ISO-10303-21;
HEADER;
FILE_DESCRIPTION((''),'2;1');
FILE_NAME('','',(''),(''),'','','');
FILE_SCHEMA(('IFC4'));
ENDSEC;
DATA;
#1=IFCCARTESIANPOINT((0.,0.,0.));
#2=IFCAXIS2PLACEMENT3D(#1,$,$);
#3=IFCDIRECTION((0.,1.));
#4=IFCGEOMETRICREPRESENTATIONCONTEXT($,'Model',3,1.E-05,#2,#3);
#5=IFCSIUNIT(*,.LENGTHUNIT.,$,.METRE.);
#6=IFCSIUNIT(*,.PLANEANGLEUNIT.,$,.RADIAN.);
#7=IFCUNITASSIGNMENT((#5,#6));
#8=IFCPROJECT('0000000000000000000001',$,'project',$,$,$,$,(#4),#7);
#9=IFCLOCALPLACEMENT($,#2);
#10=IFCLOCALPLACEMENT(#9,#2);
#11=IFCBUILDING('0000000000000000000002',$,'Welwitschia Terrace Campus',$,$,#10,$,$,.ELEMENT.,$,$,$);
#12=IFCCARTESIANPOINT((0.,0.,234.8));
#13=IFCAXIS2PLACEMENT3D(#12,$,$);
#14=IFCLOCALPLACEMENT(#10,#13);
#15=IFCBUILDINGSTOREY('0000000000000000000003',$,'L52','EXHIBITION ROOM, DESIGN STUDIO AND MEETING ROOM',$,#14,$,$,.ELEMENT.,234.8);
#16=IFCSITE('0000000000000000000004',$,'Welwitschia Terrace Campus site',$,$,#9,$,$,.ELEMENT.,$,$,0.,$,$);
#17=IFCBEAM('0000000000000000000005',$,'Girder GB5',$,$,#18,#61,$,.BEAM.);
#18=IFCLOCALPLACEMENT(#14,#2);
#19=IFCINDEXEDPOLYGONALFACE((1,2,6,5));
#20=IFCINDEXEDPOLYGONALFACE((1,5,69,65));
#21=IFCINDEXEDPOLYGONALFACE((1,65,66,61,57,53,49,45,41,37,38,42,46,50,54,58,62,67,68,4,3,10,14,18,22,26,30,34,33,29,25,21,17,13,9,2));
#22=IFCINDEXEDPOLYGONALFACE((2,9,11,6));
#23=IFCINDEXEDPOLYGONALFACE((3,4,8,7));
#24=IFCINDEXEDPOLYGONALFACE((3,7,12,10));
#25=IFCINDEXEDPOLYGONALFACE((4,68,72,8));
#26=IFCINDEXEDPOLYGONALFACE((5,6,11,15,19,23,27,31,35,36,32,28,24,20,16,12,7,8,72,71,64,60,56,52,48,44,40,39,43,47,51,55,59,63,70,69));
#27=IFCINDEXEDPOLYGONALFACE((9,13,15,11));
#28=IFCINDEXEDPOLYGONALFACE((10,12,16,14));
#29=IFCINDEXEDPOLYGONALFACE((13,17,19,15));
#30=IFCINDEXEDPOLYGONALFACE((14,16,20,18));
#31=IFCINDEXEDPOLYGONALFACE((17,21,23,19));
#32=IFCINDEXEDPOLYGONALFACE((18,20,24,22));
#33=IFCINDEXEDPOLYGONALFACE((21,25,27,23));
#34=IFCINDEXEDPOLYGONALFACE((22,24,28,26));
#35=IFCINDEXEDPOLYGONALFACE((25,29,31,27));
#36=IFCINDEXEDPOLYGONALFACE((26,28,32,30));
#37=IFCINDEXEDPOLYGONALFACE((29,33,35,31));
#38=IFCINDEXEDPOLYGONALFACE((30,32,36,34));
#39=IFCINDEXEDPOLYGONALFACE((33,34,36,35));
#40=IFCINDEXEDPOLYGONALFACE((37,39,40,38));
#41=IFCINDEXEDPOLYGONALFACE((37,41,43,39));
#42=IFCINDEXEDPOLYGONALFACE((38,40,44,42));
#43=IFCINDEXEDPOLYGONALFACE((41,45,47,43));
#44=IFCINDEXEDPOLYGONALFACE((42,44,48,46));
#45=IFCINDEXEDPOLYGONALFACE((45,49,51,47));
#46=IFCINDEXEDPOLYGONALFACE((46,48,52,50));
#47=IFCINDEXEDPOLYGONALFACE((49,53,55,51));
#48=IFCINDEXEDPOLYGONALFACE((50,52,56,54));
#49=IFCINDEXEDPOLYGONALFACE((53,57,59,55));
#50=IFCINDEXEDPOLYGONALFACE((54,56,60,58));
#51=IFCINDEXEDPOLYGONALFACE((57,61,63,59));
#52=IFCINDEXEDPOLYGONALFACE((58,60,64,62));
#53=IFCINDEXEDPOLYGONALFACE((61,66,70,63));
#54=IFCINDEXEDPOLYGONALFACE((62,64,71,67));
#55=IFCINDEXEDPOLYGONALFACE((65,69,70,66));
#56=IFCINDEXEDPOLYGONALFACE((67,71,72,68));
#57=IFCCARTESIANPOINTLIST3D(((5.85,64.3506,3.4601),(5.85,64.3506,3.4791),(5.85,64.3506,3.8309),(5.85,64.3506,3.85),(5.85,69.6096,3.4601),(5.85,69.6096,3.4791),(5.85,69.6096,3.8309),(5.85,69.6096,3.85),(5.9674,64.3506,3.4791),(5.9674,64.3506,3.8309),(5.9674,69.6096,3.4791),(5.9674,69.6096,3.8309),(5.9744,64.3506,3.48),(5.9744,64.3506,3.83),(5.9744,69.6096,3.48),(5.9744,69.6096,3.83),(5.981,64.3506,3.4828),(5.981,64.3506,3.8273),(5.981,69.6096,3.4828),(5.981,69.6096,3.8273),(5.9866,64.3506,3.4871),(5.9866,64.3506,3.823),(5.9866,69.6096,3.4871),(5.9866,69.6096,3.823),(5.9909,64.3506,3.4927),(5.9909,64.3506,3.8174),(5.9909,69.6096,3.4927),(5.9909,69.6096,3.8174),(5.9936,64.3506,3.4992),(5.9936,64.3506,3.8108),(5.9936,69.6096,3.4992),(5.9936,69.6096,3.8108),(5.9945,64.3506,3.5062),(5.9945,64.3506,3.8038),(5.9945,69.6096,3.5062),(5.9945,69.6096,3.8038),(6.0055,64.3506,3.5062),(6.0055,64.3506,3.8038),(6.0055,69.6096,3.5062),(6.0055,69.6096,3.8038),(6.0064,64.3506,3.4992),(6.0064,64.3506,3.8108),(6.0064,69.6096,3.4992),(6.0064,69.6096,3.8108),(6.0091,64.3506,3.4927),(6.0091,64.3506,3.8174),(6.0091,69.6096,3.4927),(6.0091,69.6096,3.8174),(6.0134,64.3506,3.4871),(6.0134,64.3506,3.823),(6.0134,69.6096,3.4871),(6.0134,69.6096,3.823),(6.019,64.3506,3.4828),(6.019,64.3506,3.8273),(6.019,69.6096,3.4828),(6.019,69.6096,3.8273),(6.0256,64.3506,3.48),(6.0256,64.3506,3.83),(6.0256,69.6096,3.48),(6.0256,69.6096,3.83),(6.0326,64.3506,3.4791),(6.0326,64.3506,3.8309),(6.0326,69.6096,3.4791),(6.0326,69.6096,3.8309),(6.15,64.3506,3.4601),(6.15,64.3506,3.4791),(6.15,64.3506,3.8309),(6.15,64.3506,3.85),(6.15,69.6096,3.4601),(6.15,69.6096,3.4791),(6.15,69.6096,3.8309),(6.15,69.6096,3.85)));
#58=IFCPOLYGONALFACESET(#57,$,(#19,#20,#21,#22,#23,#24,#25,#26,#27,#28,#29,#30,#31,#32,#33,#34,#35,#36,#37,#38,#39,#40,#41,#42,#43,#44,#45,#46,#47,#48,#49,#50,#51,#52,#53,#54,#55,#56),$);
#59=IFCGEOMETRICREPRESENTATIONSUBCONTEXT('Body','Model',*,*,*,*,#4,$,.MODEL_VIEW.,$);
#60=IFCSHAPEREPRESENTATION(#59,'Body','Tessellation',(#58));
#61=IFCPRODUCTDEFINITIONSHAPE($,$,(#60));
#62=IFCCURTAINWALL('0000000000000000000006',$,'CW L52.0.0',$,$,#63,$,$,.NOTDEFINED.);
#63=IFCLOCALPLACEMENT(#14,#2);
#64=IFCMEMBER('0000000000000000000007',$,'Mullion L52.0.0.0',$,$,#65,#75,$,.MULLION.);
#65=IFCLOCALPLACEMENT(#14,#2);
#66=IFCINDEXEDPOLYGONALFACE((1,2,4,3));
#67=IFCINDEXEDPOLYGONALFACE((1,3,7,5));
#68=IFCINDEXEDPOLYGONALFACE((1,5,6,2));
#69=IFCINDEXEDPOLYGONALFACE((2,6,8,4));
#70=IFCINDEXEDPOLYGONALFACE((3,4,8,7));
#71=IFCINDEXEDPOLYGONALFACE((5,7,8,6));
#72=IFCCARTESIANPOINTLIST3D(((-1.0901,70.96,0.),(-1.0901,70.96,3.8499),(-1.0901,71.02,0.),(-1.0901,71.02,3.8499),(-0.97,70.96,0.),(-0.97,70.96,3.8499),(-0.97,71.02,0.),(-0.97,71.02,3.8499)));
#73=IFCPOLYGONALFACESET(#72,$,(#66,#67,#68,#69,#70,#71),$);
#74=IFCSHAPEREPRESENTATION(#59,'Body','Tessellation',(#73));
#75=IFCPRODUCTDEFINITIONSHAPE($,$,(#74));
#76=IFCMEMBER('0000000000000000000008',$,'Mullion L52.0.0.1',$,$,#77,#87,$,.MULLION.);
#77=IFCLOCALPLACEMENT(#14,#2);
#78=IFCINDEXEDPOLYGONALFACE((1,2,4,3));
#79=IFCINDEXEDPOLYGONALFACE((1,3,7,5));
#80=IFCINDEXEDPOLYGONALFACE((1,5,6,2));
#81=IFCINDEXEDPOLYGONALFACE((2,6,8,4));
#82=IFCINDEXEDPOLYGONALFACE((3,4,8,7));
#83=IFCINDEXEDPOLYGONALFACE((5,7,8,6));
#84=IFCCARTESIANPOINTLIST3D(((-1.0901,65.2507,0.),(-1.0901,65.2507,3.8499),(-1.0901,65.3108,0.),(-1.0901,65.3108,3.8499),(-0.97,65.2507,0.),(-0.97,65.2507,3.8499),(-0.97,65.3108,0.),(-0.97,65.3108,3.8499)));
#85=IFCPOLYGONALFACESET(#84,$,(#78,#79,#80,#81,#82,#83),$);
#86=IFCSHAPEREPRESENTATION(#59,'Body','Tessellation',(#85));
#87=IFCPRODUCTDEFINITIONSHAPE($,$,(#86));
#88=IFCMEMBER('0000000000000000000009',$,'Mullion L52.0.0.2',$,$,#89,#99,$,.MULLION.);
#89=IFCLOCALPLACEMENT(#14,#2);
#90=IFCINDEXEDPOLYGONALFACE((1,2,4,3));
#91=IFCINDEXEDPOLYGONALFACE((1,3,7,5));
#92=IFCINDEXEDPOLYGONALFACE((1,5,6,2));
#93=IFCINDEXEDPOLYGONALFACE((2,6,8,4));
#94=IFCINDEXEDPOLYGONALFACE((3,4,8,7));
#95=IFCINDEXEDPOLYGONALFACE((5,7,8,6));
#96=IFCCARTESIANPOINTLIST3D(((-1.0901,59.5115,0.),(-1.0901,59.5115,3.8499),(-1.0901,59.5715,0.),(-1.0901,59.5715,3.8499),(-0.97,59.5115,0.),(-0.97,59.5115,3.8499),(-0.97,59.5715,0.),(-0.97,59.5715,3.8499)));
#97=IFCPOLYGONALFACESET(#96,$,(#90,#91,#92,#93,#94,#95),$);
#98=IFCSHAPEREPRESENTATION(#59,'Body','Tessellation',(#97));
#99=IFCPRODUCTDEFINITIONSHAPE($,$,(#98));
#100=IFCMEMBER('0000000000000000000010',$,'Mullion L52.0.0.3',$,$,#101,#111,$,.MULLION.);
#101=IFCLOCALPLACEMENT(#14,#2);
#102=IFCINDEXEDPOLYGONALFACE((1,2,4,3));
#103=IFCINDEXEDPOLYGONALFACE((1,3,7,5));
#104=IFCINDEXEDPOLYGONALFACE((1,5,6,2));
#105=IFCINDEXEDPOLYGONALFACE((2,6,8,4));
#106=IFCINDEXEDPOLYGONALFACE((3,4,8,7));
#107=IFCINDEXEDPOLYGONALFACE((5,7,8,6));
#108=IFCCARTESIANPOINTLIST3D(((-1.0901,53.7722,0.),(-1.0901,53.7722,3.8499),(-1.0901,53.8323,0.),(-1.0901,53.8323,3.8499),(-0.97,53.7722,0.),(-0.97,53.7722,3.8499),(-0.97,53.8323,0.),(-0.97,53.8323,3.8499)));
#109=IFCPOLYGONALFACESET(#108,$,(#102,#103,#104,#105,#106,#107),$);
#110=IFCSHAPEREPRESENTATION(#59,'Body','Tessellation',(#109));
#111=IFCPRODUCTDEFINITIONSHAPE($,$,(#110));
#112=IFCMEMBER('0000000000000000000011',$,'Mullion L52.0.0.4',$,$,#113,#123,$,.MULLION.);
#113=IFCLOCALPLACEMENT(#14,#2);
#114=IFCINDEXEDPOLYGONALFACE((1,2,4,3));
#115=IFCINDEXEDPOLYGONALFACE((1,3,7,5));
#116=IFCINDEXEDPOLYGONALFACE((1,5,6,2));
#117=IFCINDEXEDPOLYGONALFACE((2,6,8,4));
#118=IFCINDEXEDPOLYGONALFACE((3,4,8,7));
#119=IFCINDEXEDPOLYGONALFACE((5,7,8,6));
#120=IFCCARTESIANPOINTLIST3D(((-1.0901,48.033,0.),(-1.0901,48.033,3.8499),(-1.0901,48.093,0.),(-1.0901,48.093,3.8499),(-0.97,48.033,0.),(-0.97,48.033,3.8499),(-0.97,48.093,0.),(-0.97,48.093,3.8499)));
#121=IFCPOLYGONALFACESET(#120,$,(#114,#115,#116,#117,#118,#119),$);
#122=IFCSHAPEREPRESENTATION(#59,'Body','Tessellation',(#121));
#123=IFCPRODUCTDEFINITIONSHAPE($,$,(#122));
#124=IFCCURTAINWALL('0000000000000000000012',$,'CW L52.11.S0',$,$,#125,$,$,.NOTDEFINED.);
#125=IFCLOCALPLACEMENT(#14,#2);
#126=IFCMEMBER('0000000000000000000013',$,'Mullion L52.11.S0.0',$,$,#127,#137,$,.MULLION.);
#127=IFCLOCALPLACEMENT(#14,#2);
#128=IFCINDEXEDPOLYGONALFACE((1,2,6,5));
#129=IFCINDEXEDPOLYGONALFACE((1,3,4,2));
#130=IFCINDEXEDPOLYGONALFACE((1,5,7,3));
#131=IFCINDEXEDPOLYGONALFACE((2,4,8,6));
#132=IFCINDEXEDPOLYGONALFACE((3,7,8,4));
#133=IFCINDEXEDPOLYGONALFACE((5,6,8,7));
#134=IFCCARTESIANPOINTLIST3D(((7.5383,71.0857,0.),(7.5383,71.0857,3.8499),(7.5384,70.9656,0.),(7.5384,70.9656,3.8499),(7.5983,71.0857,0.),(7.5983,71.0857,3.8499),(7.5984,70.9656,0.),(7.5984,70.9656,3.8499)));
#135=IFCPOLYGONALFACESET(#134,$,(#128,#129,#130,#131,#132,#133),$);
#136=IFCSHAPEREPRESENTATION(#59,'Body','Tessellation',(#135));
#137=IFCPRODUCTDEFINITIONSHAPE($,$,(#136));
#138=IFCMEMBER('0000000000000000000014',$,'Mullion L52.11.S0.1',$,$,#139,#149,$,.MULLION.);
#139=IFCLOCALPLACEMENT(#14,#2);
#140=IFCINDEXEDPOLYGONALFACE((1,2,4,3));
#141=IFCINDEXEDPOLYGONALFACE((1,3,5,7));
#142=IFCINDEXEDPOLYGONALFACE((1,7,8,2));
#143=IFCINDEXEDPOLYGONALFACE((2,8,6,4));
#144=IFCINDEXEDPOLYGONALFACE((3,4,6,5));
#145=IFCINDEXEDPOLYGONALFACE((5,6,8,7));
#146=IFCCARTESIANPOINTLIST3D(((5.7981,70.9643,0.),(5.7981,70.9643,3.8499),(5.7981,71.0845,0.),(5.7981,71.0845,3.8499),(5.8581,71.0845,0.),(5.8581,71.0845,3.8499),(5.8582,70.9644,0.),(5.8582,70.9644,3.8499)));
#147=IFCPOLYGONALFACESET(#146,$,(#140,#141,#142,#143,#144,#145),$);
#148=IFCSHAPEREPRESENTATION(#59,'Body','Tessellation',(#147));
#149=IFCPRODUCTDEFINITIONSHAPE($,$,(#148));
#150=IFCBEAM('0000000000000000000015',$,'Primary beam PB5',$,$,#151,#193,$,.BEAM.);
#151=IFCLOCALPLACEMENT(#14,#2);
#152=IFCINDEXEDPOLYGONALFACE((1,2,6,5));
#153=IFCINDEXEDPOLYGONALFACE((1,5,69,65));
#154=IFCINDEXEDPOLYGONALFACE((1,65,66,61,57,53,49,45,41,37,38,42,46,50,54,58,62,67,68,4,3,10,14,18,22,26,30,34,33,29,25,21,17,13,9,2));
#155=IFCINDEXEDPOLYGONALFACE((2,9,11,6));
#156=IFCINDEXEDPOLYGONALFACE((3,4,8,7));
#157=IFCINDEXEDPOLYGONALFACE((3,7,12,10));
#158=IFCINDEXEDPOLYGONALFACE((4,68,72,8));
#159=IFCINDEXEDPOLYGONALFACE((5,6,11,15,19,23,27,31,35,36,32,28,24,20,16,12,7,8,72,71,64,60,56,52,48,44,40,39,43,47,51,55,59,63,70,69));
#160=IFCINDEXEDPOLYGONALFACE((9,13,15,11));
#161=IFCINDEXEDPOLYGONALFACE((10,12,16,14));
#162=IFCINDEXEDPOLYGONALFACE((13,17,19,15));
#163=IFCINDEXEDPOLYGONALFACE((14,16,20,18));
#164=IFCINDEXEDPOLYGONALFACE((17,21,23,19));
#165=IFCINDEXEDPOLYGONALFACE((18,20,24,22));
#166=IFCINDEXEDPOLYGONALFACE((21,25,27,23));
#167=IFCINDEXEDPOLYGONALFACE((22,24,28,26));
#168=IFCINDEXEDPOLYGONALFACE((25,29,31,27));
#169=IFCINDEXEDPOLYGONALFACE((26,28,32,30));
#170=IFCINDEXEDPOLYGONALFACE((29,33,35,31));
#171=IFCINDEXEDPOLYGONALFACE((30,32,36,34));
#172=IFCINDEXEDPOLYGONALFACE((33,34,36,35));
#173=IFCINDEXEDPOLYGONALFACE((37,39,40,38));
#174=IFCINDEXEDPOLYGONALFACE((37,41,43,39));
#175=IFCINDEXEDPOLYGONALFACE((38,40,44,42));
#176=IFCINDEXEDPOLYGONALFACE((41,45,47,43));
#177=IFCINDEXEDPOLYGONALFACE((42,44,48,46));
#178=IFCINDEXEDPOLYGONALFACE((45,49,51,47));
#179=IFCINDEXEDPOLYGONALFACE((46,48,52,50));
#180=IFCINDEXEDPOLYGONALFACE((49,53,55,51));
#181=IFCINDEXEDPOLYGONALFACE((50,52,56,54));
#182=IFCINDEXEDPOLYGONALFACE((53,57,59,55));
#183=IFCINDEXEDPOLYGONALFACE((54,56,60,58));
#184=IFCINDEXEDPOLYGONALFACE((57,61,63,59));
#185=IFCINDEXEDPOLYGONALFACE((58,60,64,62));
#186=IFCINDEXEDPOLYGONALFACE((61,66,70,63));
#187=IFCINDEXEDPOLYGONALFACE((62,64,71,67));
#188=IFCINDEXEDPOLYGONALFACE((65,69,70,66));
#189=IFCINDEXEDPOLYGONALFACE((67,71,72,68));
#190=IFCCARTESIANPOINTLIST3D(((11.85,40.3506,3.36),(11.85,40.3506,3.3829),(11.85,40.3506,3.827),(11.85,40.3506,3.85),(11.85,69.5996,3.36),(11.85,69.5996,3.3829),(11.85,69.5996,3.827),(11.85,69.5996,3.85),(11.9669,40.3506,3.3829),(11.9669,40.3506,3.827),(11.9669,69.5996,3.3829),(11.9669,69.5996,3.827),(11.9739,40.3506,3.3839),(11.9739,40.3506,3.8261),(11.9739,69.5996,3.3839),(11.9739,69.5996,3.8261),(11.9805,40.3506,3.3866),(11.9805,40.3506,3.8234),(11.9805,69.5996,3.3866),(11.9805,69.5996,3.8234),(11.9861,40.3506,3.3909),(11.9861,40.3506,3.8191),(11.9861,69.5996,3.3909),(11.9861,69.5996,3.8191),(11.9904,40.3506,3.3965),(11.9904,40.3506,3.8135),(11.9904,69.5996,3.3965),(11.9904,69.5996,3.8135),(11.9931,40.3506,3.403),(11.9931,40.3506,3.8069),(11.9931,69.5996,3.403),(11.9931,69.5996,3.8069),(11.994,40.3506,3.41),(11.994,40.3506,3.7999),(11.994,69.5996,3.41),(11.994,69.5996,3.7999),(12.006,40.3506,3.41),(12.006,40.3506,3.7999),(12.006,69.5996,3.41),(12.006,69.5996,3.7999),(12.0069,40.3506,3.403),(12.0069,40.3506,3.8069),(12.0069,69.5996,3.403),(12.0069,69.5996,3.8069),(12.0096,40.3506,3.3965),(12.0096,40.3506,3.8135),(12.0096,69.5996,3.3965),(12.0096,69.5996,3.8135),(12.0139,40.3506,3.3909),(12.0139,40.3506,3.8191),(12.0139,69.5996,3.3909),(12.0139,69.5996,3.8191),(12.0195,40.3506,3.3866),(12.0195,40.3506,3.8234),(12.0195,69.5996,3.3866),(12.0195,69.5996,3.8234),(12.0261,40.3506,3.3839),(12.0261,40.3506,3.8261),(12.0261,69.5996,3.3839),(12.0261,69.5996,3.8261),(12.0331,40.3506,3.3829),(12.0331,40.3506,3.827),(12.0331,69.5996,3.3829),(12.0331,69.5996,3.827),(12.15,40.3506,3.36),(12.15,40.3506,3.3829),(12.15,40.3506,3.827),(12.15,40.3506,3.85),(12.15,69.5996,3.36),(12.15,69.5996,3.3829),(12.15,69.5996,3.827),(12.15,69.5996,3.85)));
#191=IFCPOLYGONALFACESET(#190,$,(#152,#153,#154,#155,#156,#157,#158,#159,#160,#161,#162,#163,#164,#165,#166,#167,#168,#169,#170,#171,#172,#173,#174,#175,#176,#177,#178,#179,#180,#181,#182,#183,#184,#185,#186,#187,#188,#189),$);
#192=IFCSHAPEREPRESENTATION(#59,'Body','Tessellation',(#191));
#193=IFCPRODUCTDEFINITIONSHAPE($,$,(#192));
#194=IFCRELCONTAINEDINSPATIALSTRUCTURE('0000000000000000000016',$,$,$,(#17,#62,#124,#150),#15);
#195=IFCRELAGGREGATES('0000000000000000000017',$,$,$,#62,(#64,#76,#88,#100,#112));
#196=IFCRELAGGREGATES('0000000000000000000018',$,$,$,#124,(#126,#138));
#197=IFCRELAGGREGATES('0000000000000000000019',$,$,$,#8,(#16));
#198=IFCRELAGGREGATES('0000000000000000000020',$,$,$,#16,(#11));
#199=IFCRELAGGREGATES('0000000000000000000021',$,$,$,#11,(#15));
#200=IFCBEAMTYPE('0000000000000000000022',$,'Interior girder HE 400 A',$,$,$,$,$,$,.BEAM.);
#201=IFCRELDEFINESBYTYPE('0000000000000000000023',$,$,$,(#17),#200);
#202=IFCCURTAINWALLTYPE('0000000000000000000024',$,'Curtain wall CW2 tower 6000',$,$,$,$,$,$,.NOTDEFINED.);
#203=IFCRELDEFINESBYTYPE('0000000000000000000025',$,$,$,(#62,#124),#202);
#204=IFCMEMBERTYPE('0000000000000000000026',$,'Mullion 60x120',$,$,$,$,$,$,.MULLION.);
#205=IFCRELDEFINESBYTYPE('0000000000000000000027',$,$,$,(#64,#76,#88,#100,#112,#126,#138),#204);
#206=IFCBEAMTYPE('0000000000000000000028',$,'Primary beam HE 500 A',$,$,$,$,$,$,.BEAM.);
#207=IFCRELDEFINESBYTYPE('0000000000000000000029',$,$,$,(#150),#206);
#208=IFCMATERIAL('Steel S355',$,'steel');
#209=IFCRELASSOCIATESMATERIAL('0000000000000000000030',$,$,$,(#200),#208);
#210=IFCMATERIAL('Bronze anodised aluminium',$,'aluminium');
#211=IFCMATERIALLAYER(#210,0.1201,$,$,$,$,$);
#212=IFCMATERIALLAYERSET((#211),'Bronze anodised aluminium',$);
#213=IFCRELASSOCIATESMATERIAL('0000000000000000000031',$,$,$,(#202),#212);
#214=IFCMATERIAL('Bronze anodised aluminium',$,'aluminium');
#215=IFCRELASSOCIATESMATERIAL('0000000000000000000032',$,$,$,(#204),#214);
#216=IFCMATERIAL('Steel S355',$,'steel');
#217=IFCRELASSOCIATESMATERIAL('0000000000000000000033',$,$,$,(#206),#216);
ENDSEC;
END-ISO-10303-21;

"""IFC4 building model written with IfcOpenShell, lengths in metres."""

from ifc_helpers import new_model, si_unit, direction, frame, origin, origin_2d, place, context, subcontext, project, spatial, rectangle, i_section, extrude, material, layer, layer_set, material_profile, profile_set, type_object, element, aggregate, save


model = new_model("IFC4")

# Units and contexts
model_context = context("Model", 3, precision=1e-05, world=origin(), true_north=direction((0.0, 1.0)))
body_context = subcontext(model_context, "Body", "Model", "MODEL_VIEW")
ifc_project = project(units=[si_unit("LENGTHUNIT", "METRE"), si_unit("PLANEANGLEUNIT", "RADIAN")], contexts=[model_context])

# Site, building, storey
site_placement = place(None, origin())
site = spatial("IfcSite", under=ifc_project, at=site_placement, Name="Welwitschia Terrace Campus site", CompositionType="ELEMENT", RefElevation=0.0)
building_placement = place(site_placement, origin())
building = spatial("IfcBuilding", under=site, at=building_placement, Name="Welwitschia Terrace Campus", CompositionType="ELEMENT")
storey_placement = place(building_placement, frame((0.0, 0.0, 234.8)))
storey = spatial("IfcBuildingStorey", under=building, at=storey_placement, Name="L52", Description="EXHIBITION ROOM, DESIGN STUDIO AND MEETING ROOM", CompositionType="ELEMENT", Elevation=234.8)

# Beam
ifc_material_1 = material(Name="Steel S355", Category="steel")
ifc_material_profile_1 = material_profile(ifc_material_1, i_section(OverallWidth=0.3, OverallDepth=0.3899, WebThickness=0.011, FlangeThickness=0.019, FilletRadius=0.0271, at=origin_2d()))
ifc_profile_set_1 = profile_set([ifc_material_profile_1], Name="Steel S355")
beam_type_1 = type_object("IfcBeamType", Name="Interior girder HE 400 A", PredefinedType="BEAM", material=ifc_profile_set_1)
beam_1_placement = place(storey_placement, frame((6.0, 64.3506, 3.655), z_axis=(0.0, 1.0, 0.0), x_axis=(-1.0, 0.0, 0.0)))
element("IfcBeam", 1, at=beam_1_placement, inside=storey, type_object=beam_type_1, Name="Girder GB5", PredefinedType="BEAM", context=body_context, shape_type="SweptSolid", body=[
    extrude(i_section(OverallWidth=0.3, OverallDepth=0.3899, WebThickness=0.011, FlangeThickness=0.019, FilletRadius=0.0271, at=origin_2d()), origin(), (0.0, 0.0, 1.0), 5.259),
])

# Curtain walls, members
ifc_material_2 = material(Name="Bronze anodised aluminium", Category="aluminium")
ifc_layer_1 = layer(ifc_material_2, 0.1201)
ifc_layer_set_1 = layer_set([ifc_layer_1], Name="Bronze anodised aluminium")
curtain_wall_type = type_object("IfcCurtainWallType", Name="Curtain wall CW2 tower 6000", PredefinedType="NOTDEFINED", material=ifc_layer_set_1)
curtain_wall_1_placement = place(storey_placement, origin())
curtain_wall_1 = element("IfcCurtainWall", 2, at=curtain_wall_1_placement, inside=storey, type_object=curtain_wall_type, Name="CW L52.0.0", PredefinedType="NOTDEFINED")
ifc_material_3 = material(Name="Bronze anodised aluminium", Category="aluminium")
ifc_material_profile_2 = material_profile(ifc_material_3, rectangle(XDim=0.1201, YDim=0.0601, at=origin_2d()))
ifc_profile_set_2 = profile_set([ifc_material_profile_2], Name="Bronze anodised aluminium")
member_type_1 = type_object("IfcMemberType", Name="Mullion 60x120", PredefinedType="MULLION", material=ifc_profile_set_2)
member_1_placement = place(storey_placement, frame((-1.03, 70.99, 0.0), z_axis=(0.0, 0.0, 1.0), x_axis=(1.0, 0.0, 0.0)))
member_1 = element("IfcMember", 3, at=member_1_placement, type_object=member_type_1, Name="Mullion L52.0.0.0", PredefinedType="MULLION", context=body_context, shape_type="SweptSolid", body=[
    extrude(rectangle(XDim=0.1201, YDim=0.0601, at=origin_2d()), origin(), (0.0, 0.0, 1.0), 3.8499),
])
member_2_placement = place(storey_placement, frame((-1.03, 65.2808, 0.0), z_axis=(0.0, 0.0, 1.0), x_axis=(1.0, 0.0, 0.0)))
member_2 = element("IfcMember", 4, at=member_2_placement, type_object=member_type_1, Name="Mullion L52.0.0.1", PredefinedType="MULLION", context=body_context, shape_type="SweptSolid", body=[
    extrude(rectangle(XDim=0.1201, YDim=0.0601, at=origin_2d()), origin(), (0.0, 0.0, 1.0), 3.8499),
])
member_3_placement = place(storey_placement, frame((-1.03, 59.5415, 0.0), z_axis=(0.0, 0.0, 1.0), x_axis=(1.0, 0.0, 0.0)))
member_3 = element("IfcMember", 5, at=member_3_placement, type_object=member_type_1, Name="Mullion L52.0.0.2", PredefinedType="MULLION", context=body_context, shape_type="SweptSolid", body=[
    extrude(rectangle(XDim=0.1201, YDim=0.0601, at=origin_2d()), origin(), (0.0, 0.0, 1.0), 3.8499),
])
member_4_placement = place(storey_placement, frame((-1.03, 53.8022, 0.0), z_axis=(0.0, 0.0, 1.0), x_axis=(1.0, 0.0, 0.0)))
member_4 = element("IfcMember", 6, at=member_4_placement, type_object=member_type_1, Name="Mullion L52.0.0.3", PredefinedType="MULLION", context=body_context, shape_type="SweptSolid", body=[
    extrude(rectangle(XDim=0.1201, YDim=0.0601, at=origin_2d()), origin(), (0.0, 0.0, 1.0), 3.8499),
])
member_5_placement = place(storey_placement, frame((-1.03, 48.063, 0.0), z_axis=(0.0, 0.0, 1.0), x_axis=(1.0, 0.0, 0.0)))
member_5 = element("IfcMember", 7, at=member_5_placement, type_object=member_type_1, Name="Mullion L52.0.0.4", PredefinedType="MULLION", context=body_context, shape_type="SweptSolid", body=[
    extrude(rectangle(XDim=0.1201, YDim=0.0601, at=origin_2d()), origin(), (0.0, 0.0, 1.0), 3.8499),
])
curtain_wall_2_placement = place(storey_placement, origin())
curtain_wall_2 = element("IfcCurtainWall", 8, at=curtain_wall_2_placement, inside=storey, type_object=curtain_wall_type, Name="CW L52.11.S0", PredefinedType="NOTDEFINED")
member_6_placement = place(storey_placement, frame((7.5684, 71.0256, 0.0), z_axis=(0.0, 0.0, 1.0), x_axis=(0.000648, -1.0, 0.0)))
member_6 = element("IfcMember", 9, at=member_6_placement, type_object=member_type_1, Name="Mullion L52.11.S0.0", PredefinedType="MULLION", context=body_context, shape_type="SweptSolid", body=[
    extrude(rectangle(XDim=0.1201, YDim=0.0601, at=origin_2d()), origin(), (0.0, 0.0, 1.0), 3.8499),
])
member_7_placement = place(storey_placement, frame((5.8281, 71.0244, 0.0), z_axis=(0.0, 0.0, 1.0), x_axis=(0.000648, -1.0, 0.0)))
member_7 = element("IfcMember", 10, at=member_7_placement, type_object=member_type_1, Name="Mullion L52.11.S0.1", PredefinedType="MULLION", context=body_context, shape_type="SweptSolid", body=[
    extrude(rectangle(XDim=0.1201, YDim=0.0601, at=origin_2d()), origin(), (0.0, 0.0, 1.0), 3.8499),
])

# Beam
ifc_material_4 = material(Name="Steel S355", Category="steel")
ifc_material_profile_3 = material_profile(ifc_material_4, i_section(OverallWidth=0.3, OverallDepth=0.49, WebThickness=0.012, FlangeThickness=0.0229, FilletRadius=0.0271, at=origin_2d()))
ifc_profile_set_3 = profile_set([ifc_material_profile_3], Name="Steel S355")
beam_type_2 = type_object("IfcBeamType", Name="Primary beam HE 500 A", PredefinedType="BEAM", material=ifc_profile_set_3)
beam_2_placement = place(storey_placement, frame((12.0, 69.5996, 3.605), z_axis=(0.0, -1.0, 0.0), x_axis=(1.0, 0.0, 0.0)))
element("IfcBeam", 11, at=beam_2_placement, inside=storey, type_object=beam_type_2, Name="Primary beam PB5", PredefinedType="BEAM", context=body_context, shape_type="SweptSolid", body=[
    extrude(i_section(OverallWidth=0.3, OverallDepth=0.49, WebThickness=0.012, FlangeThickness=0.0229, FilletRadius=0.0271, at=origin_2d()), origin(), (0.0, 0.0, 1.0), 29.249),
])

aggregate(curtain_wall_1, [member_1, member_2, member_3, member_4, member_5])
aggregate(curtain_wall_2, [member_6, member_7])

save(model, "model.ifc")
